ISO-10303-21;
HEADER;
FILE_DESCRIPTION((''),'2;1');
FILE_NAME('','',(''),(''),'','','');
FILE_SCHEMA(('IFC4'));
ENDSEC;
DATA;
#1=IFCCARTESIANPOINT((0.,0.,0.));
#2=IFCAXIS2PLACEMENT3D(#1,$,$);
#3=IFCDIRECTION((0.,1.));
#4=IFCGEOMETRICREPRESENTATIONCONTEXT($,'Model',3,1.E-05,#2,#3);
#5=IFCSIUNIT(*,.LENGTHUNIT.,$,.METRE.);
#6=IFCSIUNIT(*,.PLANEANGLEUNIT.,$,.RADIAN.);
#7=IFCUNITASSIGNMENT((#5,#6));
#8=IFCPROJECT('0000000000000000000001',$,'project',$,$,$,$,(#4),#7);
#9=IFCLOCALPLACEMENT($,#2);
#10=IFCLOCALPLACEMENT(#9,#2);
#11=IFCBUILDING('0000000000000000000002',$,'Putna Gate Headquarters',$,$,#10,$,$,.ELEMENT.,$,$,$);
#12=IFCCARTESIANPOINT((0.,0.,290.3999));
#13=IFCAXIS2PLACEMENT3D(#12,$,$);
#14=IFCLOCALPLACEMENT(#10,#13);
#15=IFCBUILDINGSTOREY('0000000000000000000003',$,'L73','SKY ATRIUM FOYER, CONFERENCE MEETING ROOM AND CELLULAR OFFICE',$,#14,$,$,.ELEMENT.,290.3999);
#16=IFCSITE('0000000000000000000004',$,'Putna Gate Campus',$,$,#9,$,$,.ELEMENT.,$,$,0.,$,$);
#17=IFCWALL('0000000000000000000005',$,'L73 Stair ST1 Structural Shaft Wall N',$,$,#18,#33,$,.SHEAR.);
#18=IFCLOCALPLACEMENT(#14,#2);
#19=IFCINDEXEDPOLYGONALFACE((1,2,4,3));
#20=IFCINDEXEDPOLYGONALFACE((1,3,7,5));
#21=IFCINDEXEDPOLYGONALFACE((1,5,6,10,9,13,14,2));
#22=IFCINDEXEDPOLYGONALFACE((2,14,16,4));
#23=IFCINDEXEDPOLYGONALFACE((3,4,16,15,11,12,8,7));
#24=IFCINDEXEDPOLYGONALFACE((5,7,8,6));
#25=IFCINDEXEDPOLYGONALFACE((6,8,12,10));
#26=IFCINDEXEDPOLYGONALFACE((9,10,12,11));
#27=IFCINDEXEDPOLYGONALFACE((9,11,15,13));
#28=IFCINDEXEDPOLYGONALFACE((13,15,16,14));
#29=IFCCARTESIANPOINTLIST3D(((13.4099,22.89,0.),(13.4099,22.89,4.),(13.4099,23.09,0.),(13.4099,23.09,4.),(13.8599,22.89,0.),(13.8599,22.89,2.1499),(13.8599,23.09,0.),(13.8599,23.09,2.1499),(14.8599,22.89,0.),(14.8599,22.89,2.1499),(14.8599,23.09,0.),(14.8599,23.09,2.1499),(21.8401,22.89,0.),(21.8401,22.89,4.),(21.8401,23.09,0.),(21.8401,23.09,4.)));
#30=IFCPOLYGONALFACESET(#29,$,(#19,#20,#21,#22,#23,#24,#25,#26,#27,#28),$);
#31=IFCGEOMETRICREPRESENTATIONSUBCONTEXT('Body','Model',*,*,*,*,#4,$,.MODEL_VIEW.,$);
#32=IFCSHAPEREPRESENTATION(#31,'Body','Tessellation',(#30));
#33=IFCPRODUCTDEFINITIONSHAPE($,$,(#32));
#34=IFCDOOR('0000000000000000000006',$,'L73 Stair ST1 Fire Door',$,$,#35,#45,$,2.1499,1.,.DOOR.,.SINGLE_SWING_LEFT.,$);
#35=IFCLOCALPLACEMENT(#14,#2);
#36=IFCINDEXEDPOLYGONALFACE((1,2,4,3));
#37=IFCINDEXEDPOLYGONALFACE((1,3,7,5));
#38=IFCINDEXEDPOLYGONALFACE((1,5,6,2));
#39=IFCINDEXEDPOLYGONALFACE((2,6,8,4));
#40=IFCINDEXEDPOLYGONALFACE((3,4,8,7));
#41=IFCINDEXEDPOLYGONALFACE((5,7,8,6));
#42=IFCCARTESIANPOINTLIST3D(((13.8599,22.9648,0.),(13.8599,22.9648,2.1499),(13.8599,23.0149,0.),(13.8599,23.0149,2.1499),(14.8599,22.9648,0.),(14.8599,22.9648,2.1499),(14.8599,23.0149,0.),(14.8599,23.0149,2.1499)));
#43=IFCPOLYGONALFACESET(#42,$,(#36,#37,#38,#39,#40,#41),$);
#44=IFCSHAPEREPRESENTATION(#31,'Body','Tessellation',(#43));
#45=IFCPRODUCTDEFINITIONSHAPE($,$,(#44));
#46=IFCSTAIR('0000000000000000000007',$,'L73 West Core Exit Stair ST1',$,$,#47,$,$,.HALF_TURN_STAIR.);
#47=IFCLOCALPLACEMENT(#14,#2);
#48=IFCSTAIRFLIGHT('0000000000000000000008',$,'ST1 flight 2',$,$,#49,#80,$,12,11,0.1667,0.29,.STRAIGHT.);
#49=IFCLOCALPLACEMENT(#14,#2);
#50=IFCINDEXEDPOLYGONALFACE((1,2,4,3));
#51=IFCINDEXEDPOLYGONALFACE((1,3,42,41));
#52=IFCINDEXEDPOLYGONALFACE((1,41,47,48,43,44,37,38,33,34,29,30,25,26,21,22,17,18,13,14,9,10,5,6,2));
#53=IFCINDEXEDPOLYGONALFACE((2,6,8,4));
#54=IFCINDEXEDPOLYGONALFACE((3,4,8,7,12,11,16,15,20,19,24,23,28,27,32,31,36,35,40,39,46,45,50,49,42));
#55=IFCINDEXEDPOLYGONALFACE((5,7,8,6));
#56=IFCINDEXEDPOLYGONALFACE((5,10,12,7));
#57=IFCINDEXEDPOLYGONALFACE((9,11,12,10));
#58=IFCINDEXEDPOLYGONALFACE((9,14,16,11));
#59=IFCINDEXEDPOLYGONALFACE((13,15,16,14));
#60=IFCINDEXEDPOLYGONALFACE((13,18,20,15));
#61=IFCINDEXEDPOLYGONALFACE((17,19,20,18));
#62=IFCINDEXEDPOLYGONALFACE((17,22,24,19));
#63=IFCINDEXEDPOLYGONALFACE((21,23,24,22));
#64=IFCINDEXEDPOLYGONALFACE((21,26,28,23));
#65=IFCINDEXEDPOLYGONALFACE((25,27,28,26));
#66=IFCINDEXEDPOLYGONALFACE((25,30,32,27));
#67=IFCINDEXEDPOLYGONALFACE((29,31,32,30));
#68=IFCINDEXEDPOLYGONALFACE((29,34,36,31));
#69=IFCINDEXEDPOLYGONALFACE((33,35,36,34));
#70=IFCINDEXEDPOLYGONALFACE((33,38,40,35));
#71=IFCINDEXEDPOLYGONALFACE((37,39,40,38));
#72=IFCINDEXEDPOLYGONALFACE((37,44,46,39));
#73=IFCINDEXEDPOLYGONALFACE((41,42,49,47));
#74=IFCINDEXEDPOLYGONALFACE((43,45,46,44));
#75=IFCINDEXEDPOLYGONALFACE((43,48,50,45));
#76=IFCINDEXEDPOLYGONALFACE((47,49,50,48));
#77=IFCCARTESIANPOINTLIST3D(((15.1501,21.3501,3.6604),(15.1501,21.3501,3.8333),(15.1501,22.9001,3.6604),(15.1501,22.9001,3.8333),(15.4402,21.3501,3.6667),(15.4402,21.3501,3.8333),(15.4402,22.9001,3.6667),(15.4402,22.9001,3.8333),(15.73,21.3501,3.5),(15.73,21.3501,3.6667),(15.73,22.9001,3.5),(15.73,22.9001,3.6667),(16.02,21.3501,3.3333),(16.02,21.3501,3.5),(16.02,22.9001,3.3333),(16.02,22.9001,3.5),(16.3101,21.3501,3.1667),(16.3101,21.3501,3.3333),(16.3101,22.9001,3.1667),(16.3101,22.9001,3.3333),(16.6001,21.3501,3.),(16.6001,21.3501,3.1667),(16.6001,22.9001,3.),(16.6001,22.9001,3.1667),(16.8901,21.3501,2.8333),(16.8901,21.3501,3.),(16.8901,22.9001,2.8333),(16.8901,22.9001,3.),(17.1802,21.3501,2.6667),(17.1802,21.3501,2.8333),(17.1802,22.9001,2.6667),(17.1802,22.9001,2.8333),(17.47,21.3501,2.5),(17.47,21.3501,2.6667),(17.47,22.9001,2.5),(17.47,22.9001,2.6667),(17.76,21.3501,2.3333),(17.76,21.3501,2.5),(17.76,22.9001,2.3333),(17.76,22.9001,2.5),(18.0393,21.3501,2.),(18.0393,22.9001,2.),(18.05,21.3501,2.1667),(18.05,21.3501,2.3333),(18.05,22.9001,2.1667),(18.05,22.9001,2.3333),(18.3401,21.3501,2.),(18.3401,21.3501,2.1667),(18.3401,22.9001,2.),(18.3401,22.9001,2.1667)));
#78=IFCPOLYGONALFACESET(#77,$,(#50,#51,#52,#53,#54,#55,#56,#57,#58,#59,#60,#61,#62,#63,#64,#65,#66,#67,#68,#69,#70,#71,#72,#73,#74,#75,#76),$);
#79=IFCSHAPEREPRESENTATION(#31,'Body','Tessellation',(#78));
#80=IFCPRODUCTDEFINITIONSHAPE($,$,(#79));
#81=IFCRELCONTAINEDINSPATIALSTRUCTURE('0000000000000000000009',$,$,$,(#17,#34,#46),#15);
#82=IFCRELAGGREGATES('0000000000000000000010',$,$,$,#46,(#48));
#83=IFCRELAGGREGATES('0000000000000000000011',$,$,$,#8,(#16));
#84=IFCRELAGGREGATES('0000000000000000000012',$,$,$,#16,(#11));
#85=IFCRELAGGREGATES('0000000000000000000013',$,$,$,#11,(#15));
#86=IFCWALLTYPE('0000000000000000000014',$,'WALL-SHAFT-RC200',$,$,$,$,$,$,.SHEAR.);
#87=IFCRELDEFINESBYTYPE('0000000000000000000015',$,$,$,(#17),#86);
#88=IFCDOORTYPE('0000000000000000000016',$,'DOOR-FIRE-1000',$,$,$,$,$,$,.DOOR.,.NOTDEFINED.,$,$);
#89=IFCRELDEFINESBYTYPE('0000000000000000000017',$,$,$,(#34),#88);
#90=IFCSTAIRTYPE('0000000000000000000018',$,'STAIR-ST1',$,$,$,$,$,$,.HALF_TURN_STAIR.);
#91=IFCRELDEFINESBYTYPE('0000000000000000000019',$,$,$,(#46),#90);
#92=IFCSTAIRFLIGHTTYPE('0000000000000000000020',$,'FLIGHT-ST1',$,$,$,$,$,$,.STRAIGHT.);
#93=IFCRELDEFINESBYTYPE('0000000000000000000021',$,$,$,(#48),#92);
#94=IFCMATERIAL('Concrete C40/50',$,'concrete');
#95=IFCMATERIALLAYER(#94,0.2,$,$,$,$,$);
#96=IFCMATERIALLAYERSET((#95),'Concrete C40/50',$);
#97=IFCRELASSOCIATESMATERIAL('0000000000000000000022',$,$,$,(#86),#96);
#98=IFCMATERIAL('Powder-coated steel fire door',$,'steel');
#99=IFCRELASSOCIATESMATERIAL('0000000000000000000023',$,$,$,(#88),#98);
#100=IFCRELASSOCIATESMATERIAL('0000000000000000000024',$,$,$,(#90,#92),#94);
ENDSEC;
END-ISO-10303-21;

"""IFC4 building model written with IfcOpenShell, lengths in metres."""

from ifc_helpers import new_model, si_unit, direction, frame, frame_2d, origin, place, context, subcontext, project, spatial, polyline, rectangle, outline, extrude, material, layer, layer_set, type_object, element, fill, aggregate, save


model = new_model("IFC4")

# Units and contexts
model_context = context("Model", 3, precision=1e-05, world=origin(), true_north=direction((0.0, 1.0)))
body_context = subcontext(model_context, "Body", "Model", "MODEL_VIEW")
ifc_project = project(units=[si_unit("LENGTHUNIT", "METRE"), si_unit("PLANEANGLEUNIT", "RADIAN")], contexts=[model_context])

# Site, building, storey
site_placement = place(None, origin())
site = spatial("IfcSite", under=ifc_project, at=site_placement, Name="Putna Gate Campus", CompositionType="ELEMENT", RefElevation=0.0)
building_placement = place(site_placement, origin())
building = spatial("IfcBuilding", under=site, at=building_placement, Name="Putna Gate Headquarters", CompositionType="ELEMENT")
storey_placement = place(building_placement, frame((0.0, 0.0, 290.3999)))
storey = spatial("IfcBuildingStorey", under=building, at=storey_placement, Name="L73", Description="SKY ATRIUM FOYER, CONFERENCE MEETING ROOM AND CELLULAR OFFICE", CompositionType="ELEMENT", Elevation=290.3999)

# Shared definitions
ifc_material_1 = material(Name="Concrete C40/50", Category="concrete")

# Wall, opening, door
ifc_layer_1 = layer(ifc_material_1, 0.2)
ifc_layer_set_1 = layer_set([ifc_layer_1], Name="Concrete C40/50")
wall_type_1 = type_object("IfcWallType", Name="WALL-SHAFT-RC200", PredefinedType="SHEAR", material=ifc_layer_set_1)
wall_1_placement = place(storey_placement, frame((13.4099, 22.99, 0.0), z_axis=(0.0, 0.0, 1.0), x_axis=(1.0, 0.0, 0.0)))
wall_1 = element("IfcWall", 1, at=wall_1_placement, inside=storey, type_object=wall_type_1, Name="L73 Stair ST1 Structural Shaft Wall N", PredefinedType="SHEAR", context=body_context, shape_type="SweptSolid", body=[
    extrude(rectangle(XDim=8.4302, YDim=0.2, at=frame_2d((4.2151, 0.0))), origin(), (0.0, 0.0, 1.0), 4.0),
])
opening_1_placement = place(wall_1_placement, frame((0.45, 0.0, 0.0)))
opening_1 = element("IfcOpeningElement", 2, at=opening_1_placement, cuts=wall_1, PredefinedType="OPENING", context=body_context, shape_type="SweptSolid", body=[
    extrude(rectangle(XDim=1.0, YDim=2.1499, at=frame_2d((0.5, 1.075))), frame((0.0, 0.1099, 0.0), z_axis=(0.0, -1.0, 0.0), x_axis=(1.0, 0.0, 0.0)), (0.0, 0.0, 1.0), 0.22),
])
ifc_material_2 = material(Name="Powder-coated steel fire door", Category="steel")
door_type_1 = type_object("IfcDoorType", Name="DOOR-FIRE-1000", OperationType="NOTDEFINED", PredefinedType="DOOR", material=ifc_material_2)
door_1_placement = place(opening_1_placement, origin())
door_1 = element("IfcDoor", 3, at=door_1_placement, inside=storey, type_object=door_type_1, Name="L73 Stair ST1 Fire Door", OperationType="SINGLE_SWING_LEFT", OverallHeight=2.1499, OverallWidth=1.0, PredefinedType="DOOR", context=body_context, shape_type="SweptSolid", body=[
    extrude(rectangle(XDim=1.0, YDim=2.1499, at=frame_2d((0.5, 1.075))), frame((0.0, 0.0249, 0.0), z_axis=(0.0, -1.0, 0.0), x_axis=(1.0, 0.0, 0.0)), (0.0, 0.0, 1.0), 0.05),
])
fill(opening_1, door_1)

# Stair, stair flight
stair_type = type_object("IfcStairType", Name="STAIR-ST1", PredefinedType="HALF_TURN_STAIR", material=ifc_material_1)
stair_placement = place(storey_placement, origin())
stair = element("IfcStair", 4, at=stair_placement, inside=storey, type_object=stair_type, Name="L73 West Core Exit Stair ST1", PredefinedType="HALF_TURN_STAIR")
stair_flight_type = type_object("IfcStairFlightType", Name="FLIGHT-ST1", PredefinedType="STRAIGHT", material=ifc_material_1)
stair_flight_placement = place(storey_placement, frame((18.3401, 22.125, 2.0), z_axis=(0.0, 0.0, 1.0), x_axis=(-1.0, 0.0, 0.0)))
stair_flight = element("IfcStairFlight", 5, at=stair_flight_placement, type_object=stair_flight_type, Name="ST1 flight 2", NumberOfRisers=12, NumberOfTreads=11, PredefinedType="STRAIGHT", RiserHeight=0.1667, TreadLength=0.29, context=body_context, shape_type="SweptSolid", body=[
    extrude(outline(polyline([(0.0, 0.0), (0.0, 0.1667), (0.29, 0.1667), (0.29, 0.3333), (0.5801, 0.3333), (0.5801, 0.5), (0.8701, 0.5), (0.8701, 0.6667), (1.1599, 0.6667), (1.1599, 0.8333), (1.45, 0.8333), (1.45, 1.0), (1.74, 1.0), (1.74, 1.1667), (2.03, 1.1667), (2.03, 1.3333), (2.3201, 1.3333), (2.3201, 1.5), (2.6101, 1.5), (2.6101, 1.6667), (2.8999, 1.6667), (2.8999, 1.8333), (3.1899, 1.8333), (3.1899, 2.0), (3.1899, 1.6604), (0.3008, 0.0), (0.0, 0.0)])), frame((0.0, 0.7749, 0.0), z_axis=(0.0, -1.0, 0.0), x_axis=(1.0, 0.0, 0.0)), (0.0, 0.0, 1.0), 1.55),
])
aggregate(stair, [stair_flight])

save(model, "model.ifc")
